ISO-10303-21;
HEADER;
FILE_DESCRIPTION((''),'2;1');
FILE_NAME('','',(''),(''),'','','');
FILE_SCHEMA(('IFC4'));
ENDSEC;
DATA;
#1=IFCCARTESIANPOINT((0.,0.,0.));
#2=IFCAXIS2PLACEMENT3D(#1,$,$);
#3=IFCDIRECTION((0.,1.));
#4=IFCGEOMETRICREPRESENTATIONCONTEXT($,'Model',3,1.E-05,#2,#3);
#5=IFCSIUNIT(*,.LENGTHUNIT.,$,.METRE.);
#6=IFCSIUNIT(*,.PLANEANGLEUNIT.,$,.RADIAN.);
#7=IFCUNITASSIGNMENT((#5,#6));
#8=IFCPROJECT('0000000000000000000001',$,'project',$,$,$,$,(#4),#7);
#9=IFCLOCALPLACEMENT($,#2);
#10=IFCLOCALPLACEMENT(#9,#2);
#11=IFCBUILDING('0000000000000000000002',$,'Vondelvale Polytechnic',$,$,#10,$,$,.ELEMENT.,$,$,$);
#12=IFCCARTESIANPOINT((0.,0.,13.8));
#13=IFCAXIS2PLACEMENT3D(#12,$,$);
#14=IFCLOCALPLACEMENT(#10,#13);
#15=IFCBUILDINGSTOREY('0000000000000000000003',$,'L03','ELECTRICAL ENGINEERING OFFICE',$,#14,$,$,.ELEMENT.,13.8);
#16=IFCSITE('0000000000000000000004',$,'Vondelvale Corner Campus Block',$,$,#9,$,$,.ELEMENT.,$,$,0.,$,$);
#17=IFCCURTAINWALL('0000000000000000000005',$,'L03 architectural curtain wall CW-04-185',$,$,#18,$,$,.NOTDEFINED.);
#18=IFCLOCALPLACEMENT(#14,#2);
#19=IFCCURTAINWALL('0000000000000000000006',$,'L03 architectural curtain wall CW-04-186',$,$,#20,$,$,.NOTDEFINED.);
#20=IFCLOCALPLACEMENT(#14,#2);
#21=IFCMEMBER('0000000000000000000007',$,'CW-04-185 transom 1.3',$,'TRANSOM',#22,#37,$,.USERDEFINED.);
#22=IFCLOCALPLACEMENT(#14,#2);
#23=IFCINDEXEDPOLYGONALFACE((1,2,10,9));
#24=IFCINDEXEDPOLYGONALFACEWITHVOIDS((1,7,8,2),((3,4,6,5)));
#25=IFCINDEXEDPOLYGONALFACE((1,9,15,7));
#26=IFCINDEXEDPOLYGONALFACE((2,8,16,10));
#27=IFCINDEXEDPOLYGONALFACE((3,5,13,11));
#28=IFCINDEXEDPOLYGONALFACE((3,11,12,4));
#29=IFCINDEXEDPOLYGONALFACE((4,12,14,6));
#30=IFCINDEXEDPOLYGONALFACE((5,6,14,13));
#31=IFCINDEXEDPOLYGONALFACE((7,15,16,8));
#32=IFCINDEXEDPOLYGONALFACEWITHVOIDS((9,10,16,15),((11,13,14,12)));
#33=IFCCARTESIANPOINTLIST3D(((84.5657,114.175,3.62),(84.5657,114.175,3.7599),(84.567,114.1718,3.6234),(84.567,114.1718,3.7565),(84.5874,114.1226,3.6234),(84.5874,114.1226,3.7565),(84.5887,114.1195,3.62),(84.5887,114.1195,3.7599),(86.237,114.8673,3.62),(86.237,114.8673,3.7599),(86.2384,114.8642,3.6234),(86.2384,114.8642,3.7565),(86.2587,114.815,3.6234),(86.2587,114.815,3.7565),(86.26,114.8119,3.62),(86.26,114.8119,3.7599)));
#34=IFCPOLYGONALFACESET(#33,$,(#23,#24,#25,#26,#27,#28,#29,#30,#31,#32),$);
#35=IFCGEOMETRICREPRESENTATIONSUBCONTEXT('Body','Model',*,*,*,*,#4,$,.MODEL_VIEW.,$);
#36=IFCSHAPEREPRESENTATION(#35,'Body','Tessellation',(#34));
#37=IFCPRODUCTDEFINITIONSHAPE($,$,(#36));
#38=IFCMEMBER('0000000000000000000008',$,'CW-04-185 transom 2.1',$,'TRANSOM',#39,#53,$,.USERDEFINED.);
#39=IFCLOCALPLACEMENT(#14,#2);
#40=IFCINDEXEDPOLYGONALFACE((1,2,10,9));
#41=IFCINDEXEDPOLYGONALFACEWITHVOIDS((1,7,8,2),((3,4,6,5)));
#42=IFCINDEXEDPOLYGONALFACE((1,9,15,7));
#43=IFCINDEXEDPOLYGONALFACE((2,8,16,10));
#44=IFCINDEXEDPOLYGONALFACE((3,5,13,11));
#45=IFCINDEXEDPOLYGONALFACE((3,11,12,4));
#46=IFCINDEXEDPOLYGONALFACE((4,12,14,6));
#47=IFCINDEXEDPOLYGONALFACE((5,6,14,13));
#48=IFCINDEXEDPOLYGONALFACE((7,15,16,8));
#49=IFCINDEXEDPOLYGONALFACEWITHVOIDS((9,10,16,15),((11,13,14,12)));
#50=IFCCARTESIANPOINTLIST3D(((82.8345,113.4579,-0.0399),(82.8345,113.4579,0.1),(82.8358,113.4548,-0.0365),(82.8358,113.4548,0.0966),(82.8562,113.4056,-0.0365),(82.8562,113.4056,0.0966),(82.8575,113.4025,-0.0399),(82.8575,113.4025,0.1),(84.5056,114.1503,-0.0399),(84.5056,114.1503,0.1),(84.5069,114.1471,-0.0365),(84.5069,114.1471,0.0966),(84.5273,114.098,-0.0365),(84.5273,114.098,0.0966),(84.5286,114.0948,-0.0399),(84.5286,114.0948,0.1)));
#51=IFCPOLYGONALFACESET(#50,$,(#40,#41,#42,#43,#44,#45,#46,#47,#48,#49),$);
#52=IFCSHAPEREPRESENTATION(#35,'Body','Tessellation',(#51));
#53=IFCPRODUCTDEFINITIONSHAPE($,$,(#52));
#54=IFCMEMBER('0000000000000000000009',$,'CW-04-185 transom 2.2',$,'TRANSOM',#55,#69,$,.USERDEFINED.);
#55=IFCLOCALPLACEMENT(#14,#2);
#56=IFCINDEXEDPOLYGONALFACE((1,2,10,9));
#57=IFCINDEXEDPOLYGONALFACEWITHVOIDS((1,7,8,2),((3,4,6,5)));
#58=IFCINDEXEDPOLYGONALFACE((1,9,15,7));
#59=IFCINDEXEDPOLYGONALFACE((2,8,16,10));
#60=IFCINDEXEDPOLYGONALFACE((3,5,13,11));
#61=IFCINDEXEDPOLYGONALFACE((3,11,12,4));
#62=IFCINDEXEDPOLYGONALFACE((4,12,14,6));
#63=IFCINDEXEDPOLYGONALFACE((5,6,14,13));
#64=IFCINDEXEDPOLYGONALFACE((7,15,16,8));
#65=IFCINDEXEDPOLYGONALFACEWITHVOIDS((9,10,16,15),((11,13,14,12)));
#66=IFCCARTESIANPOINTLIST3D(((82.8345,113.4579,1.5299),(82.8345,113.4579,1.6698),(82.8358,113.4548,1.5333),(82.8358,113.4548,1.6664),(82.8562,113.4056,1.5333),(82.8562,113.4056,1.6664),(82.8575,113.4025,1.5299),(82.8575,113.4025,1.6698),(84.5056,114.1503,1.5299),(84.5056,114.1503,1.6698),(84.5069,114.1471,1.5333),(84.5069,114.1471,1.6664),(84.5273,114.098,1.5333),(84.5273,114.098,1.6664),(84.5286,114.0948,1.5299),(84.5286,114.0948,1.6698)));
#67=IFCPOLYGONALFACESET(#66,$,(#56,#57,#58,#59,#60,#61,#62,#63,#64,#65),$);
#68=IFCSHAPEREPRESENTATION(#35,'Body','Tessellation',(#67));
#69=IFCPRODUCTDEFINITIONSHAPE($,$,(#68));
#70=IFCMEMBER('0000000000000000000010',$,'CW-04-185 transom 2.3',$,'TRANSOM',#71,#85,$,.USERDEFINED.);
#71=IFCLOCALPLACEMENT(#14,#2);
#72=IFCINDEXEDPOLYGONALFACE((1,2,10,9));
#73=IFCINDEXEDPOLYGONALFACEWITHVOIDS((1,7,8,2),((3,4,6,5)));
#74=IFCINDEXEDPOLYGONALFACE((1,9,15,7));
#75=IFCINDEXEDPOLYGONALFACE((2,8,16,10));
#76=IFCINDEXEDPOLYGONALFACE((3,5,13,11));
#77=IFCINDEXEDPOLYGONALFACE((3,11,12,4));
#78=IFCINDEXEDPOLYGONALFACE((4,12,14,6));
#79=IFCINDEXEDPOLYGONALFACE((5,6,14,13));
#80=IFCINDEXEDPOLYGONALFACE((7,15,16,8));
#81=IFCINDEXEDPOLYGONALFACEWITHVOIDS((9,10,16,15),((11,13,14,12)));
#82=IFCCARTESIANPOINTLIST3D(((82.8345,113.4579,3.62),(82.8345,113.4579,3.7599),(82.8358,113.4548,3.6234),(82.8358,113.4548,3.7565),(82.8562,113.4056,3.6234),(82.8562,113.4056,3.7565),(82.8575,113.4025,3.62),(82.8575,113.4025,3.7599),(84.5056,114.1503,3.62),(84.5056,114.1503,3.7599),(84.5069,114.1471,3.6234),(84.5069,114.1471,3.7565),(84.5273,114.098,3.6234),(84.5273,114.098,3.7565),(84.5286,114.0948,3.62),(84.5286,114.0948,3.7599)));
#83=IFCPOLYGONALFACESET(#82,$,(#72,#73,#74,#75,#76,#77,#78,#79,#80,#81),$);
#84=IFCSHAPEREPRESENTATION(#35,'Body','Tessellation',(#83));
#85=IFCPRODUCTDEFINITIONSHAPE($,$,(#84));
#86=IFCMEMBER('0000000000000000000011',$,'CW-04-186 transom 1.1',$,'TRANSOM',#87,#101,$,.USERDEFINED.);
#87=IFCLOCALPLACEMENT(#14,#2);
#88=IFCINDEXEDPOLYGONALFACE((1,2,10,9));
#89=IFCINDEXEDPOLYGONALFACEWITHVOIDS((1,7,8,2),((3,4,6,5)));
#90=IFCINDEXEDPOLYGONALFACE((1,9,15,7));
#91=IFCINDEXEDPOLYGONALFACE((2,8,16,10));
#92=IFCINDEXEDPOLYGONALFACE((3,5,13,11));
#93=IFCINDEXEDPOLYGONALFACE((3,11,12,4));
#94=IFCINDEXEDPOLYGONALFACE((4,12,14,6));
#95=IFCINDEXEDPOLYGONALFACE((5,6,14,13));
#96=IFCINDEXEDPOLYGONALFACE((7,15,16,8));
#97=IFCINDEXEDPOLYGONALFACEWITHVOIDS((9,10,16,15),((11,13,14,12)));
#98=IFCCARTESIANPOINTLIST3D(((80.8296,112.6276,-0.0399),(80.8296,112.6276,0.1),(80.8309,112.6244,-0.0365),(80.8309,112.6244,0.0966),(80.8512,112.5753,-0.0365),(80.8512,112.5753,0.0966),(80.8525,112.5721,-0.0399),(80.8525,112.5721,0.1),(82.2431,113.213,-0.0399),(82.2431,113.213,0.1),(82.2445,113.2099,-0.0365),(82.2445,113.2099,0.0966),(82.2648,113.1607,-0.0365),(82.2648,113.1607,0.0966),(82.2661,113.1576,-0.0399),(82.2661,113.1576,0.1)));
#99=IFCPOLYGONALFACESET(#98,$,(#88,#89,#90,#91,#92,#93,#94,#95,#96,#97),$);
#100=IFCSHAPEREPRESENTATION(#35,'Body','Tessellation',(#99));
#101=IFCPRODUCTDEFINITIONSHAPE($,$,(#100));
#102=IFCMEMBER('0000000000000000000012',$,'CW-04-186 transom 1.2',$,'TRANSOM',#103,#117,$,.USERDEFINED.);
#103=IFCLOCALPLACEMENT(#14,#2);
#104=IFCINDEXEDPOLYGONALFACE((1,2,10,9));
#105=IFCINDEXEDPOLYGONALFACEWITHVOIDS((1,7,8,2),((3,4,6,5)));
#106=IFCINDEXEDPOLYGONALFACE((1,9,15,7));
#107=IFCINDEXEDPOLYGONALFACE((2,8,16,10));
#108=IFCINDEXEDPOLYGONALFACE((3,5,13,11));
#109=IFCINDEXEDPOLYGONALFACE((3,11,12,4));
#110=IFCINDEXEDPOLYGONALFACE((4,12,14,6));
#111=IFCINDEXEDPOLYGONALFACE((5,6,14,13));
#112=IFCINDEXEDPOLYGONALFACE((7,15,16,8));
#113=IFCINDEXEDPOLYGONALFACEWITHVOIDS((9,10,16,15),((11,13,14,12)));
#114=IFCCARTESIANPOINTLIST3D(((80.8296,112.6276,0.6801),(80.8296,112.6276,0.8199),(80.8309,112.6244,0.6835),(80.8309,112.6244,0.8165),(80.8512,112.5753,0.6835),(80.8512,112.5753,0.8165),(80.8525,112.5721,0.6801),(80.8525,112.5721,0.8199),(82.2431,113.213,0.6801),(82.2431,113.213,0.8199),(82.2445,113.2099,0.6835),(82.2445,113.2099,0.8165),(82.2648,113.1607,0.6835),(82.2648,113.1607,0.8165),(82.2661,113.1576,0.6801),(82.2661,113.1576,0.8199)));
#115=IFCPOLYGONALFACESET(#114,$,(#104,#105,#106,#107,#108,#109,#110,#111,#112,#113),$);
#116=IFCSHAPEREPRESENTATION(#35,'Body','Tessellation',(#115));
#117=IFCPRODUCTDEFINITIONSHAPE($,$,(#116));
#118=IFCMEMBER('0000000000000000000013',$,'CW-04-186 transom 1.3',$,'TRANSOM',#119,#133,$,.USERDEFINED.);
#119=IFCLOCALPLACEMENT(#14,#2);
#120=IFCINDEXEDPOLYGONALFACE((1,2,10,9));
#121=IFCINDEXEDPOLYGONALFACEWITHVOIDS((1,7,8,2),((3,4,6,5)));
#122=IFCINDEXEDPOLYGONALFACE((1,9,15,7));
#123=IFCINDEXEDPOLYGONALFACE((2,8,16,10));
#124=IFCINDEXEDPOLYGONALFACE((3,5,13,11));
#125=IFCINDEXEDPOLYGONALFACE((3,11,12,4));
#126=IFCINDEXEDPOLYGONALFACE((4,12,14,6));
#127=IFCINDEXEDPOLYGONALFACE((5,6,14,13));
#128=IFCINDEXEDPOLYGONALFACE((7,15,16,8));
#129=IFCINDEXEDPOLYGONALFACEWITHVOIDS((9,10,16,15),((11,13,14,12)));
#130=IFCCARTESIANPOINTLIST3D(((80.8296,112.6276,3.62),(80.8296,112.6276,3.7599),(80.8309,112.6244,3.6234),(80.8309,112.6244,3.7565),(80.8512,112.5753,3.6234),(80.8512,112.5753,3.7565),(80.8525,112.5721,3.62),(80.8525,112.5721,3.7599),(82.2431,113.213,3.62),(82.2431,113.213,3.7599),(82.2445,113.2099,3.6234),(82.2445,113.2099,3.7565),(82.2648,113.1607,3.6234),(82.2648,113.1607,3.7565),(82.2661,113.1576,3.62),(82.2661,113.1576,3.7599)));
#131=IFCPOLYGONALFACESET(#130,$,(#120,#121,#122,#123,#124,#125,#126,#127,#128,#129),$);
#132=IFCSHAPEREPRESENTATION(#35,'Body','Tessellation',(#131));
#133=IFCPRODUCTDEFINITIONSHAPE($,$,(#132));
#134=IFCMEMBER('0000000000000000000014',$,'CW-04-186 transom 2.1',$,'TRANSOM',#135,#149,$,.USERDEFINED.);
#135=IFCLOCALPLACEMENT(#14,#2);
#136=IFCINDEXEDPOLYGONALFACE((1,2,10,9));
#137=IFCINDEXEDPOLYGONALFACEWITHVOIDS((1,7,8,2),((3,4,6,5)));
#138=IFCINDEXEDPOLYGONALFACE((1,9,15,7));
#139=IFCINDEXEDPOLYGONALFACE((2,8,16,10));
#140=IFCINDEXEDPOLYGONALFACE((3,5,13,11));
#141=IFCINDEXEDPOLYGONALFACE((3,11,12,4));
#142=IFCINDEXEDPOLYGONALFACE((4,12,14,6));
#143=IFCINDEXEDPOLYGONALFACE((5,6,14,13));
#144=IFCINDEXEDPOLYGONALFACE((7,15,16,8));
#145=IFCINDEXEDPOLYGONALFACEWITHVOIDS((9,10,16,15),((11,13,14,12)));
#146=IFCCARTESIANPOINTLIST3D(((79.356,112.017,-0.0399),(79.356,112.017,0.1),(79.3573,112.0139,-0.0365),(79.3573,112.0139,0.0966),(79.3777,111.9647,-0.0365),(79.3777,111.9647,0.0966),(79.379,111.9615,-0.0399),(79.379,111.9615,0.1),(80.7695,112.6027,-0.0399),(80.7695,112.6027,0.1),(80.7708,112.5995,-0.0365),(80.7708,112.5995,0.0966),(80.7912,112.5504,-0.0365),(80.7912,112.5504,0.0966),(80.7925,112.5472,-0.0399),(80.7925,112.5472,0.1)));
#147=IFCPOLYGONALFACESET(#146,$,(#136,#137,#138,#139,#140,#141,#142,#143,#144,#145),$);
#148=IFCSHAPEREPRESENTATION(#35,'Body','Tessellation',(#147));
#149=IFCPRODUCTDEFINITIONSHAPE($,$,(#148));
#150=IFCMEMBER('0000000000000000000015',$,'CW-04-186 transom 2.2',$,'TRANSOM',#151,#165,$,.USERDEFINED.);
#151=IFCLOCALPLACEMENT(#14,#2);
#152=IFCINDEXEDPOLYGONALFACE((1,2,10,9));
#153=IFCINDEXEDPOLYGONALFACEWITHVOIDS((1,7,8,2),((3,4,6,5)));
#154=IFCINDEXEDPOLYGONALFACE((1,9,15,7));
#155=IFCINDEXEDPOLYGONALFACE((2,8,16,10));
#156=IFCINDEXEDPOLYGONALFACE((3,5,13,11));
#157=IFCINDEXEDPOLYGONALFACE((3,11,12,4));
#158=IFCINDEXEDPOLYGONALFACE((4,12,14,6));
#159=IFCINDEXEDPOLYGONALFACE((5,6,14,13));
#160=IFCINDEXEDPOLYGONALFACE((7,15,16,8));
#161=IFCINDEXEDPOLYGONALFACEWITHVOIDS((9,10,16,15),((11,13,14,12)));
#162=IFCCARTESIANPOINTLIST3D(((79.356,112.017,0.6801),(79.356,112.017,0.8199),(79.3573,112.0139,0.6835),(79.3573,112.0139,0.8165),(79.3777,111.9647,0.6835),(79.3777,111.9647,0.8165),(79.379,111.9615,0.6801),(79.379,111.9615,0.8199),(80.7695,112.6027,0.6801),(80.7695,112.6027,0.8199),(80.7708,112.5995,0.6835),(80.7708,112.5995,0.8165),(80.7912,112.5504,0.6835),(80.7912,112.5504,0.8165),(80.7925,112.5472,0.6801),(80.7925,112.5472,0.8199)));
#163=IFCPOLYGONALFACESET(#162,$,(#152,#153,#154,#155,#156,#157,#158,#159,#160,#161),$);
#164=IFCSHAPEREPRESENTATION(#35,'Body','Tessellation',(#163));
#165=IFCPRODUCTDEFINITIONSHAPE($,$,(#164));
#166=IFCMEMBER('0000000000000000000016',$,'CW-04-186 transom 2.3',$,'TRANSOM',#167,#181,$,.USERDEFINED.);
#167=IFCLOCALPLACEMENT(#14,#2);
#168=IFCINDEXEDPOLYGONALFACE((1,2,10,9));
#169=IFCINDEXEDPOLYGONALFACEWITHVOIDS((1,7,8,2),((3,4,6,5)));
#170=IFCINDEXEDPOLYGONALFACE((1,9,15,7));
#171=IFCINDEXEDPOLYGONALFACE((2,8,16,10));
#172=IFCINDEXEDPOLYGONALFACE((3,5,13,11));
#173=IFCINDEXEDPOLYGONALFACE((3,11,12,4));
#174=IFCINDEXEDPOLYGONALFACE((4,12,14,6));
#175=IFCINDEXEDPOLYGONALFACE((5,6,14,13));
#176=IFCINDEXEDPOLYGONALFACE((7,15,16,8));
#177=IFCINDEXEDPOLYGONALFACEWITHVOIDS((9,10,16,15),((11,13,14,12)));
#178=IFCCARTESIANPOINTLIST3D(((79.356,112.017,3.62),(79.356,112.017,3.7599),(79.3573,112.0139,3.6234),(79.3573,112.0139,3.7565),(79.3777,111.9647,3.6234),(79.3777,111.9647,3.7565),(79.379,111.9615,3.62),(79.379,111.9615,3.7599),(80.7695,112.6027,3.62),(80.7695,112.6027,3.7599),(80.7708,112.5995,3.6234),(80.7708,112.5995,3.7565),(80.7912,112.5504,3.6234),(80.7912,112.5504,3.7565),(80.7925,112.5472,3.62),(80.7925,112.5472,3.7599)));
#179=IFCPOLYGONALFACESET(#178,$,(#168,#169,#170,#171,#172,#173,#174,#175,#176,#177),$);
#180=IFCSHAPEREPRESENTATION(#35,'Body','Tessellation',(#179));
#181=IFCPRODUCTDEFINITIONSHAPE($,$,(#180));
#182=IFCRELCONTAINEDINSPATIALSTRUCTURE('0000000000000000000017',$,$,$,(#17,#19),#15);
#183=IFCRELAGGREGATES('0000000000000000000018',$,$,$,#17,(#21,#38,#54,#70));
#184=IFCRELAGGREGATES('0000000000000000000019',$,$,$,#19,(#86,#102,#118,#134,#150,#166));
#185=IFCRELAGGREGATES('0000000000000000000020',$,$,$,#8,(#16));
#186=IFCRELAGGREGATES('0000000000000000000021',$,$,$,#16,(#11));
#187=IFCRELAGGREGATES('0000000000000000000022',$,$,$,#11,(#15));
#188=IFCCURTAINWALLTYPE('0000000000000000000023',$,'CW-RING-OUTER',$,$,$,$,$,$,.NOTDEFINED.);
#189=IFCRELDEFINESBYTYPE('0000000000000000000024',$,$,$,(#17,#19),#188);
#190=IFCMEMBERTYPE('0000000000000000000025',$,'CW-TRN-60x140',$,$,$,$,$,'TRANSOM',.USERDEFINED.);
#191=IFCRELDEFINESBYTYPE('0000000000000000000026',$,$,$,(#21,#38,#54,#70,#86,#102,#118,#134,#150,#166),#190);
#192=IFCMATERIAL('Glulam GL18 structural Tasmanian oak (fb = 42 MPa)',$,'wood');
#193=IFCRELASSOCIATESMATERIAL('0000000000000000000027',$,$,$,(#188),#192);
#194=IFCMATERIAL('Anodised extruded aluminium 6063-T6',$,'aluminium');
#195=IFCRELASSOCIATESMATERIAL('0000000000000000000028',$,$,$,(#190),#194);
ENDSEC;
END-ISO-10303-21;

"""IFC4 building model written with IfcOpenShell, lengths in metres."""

from ifc_helpers import new_model, si_unit, direction, frame, origin, origin_2d, place, context, subcontext, project, spatial, hollow_rectangle, extrude, material, material_profile, profile_set, type_object, element, aggregate, save


model = new_model("IFC4")

# Units and contexts
model_context = context("Model", 3, precision=1e-05, world=origin(), true_north=direction((0.0, 1.0)))
body_context = subcontext(model_context, "Body", "Model", "MODEL_VIEW")
ifc_project = project(units=[si_unit("LENGTHUNIT", "METRE"), si_unit("PLANEANGLEUNIT", "RADIAN")], contexts=[model_context])

# Site, building, storey
site_placement = place(None, origin())
site = spatial("IfcSite", under=ifc_project, at=site_placement, Name="Vondelvale Corner Campus Block", CompositionType="ELEMENT", RefElevation=0.0)
building_placement = place(site_placement, origin())
building = spatial("IfcBuilding", under=site, at=building_placement, Name="Vondelvale Polytechnic", CompositionType="ELEMENT")
storey_placement = place(building_placement, frame((0.0, 0.0, 13.8)))
storey = spatial("IfcBuildingStorey", under=building, at=storey_placement, Name="L03", Description="ELECTRICAL ENGINEERING OFFICE", CompositionType="ELEMENT", Elevation=13.8)

# Shared definitions
ifc_material_1 = material(Name="Glulam GL18 structural Tasmanian oak (fb = 42 MPa)", Category="wood")

# Shared definitions
curtain_wall_type = type_object("IfcCurtainWallType", Name="CW-RING-OUTER", PredefinedType="NOTDEFINED", material=ifc_material_1)
ifc_material_2 = material(Name="Anodised extruded aluminium 6063-T6", Category="aluminium")

# Curtain walls
curtain_wall_1_placement = place(storey_placement, origin())
curtain_wall_1 = element("IfcCurtainWall", 1, at=curtain_wall_1_placement, inside=storey, type_object=curtain_wall_type, Name="L03 architectural curtain wall CW-04-185", PredefinedType="NOTDEFINED")
curtain_wall_2_placement = place(storey_placement, origin())
curtain_wall_2 = element("IfcCurtainWall", 2, at=curtain_wall_2_placement, inside=storey, type_object=curtain_wall_type, Name="L03 architectural curtain wall CW-04-186", PredefinedType="NOTDEFINED")

# Members
ifc_material_profile_1 = material_profile(ifc_material_2, hollow_rectangle(XDim=0.0601, YDim=0.1399, WallThickness=0.0034, at=origin_2d()), Name="CW-TRN-140x60")
ifc_profile_set_1 = profile_set([ifc_material_profile_1], Name="Anodised extruded aluminium 6063-T6")
member_type_1 = type_object("IfcMemberType", Name="CW-TRN-60x140", ElementType="TRANSOM", PredefinedType="USERDEFINED", material=ifc_profile_set_1)
member_1_placement = place(storey_placement, frame((86.2485, 114.8396, 3.6899), z_axis=(-0.923866, -0.382717, 0.0), x_axis=(0.382717, -0.923866, 0.0)))
member_1 = element("IfcMember", 3, at=member_1_placement, type_object=member_type_1, Name="CW-04-185 transom 1.3", ObjectType="TRANSOM", PredefinedType="USERDEFINED", context=body_context, shape_type="SweptSolid", body=[
    extrude(hollow_rectangle(XDim=0.0601, YDim=0.1399, WallThickness=0.0034, at=origin_2d()), origin(), (0.0, 0.0, 1.0), 1.8091),
])
member_2_placement = place(storey_placement, frame((84.5171, 114.1226, 0.03), z_axis=(-0.923846, -0.382765, 0.0), x_axis=(0.382765, -0.923846, 0.0)))
member_2 = element("IfcMember", 4, at=member_2_placement, type_object=member_type_1, Name="CW-04-185 transom 2.1", ObjectType="TRANSOM", PredefinedType="USERDEFINED", context=body_context, shape_type="SweptSolid", body=[
    extrude(hollow_rectangle(XDim=0.0601, YDim=0.1399, WallThickness=0.0034, at=origin_2d()), origin(), (0.0, 0.0, 1.0), 1.8088),
])
member_3_placement = place(storey_placement, frame((84.5171, 114.1226, 1.5999), z_axis=(-0.923846, -0.382765, 0.0), x_axis=(0.382765, -0.923846, 0.0)))
member_3 = element("IfcMember", 5, at=member_3_placement, type_object=member_type_1, Name="CW-04-185 transom 2.2", ObjectType="TRANSOM", PredefinedType="USERDEFINED", context=body_context, shape_type="SweptSolid", body=[
    extrude(hollow_rectangle(XDim=0.0601, YDim=0.1399, WallThickness=0.0034, at=origin_2d()), origin(), (0.0, 0.0, 1.0), 1.8088),
])
member_4_placement = place(storey_placement, frame((84.5171, 114.1226, 3.6899), z_axis=(-0.923846, -0.382765, 0.0), x_axis=(0.382765, -0.923846, 0.0)))
member_4 = element("IfcMember", 6, at=member_4_placement, type_object=member_type_1, Name="CW-04-185 transom 2.3", ObjectType="TRANSOM", PredefinedType="USERDEFINED", context=body_context, shape_type="SweptSolid", body=[
    extrude(hollow_rectangle(XDim=0.0601, YDim=0.1399, WallThickness=0.0034, at=origin_2d()), origin(), (0.0, 0.0, 1.0), 1.8088),
])
member_5_placement = place(storey_placement, frame((82.2546, 113.1853, 0.03), z_axis=(-0.923896, -0.382643, 0.0), x_axis=(0.382643, -0.923896, 0.0)))
member_5 = element("IfcMember", 7, at=member_5_placement, type_object=member_type_1, Name="CW-04-186 transom 1.1", ObjectType="TRANSOM", PredefinedType="USERDEFINED", context=body_context, shape_type="SweptSolid", body=[
    extrude(hollow_rectangle(XDim=0.0601, YDim=0.1399, WallThickness=0.0034, at=origin_2d()), origin(), (0.0, 0.0, 1.0), 1.53),
])
member_6_placement = place(storey_placement, frame((82.2546, 113.1853, 0.75), z_axis=(-0.923896, -0.382643, 0.0), x_axis=(0.382643, -0.923896, 0.0)))
member_6 = element("IfcMember", 8, at=member_6_placement, type_object=member_type_1, Name="CW-04-186 transom 1.2", ObjectType="TRANSOM", PredefinedType="USERDEFINED", context=body_context, shape_type="SweptSolid", body=[
    extrude(hollow_rectangle(XDim=0.0601, YDim=0.1399, WallThickness=0.0034, at=origin_2d()), origin(), (0.0, 0.0, 1.0), 1.53),
])
member_7_placement = place(storey_placement, frame((82.2546, 113.1853, 3.6899), z_axis=(-0.923896, -0.382643, 0.0), x_axis=(0.382643, -0.923896, 0.0)))
member_7 = element("IfcMember", 9, at=member_7_placement, type_object=member_type_1, Name="CW-04-186 transom 1.3", ObjectType="TRANSOM", PredefinedType="USERDEFINED", context=body_context, shape_type="SweptSolid", body=[
    extrude(hollow_rectangle(XDim=0.0601, YDim=0.1399, WallThickness=0.0034, at=origin_2d()), origin(), (0.0, 0.0, 1.0), 1.53),
])
member_8_placement = place(storey_placement, frame((80.781, 112.575, 0.03), z_axis=(-0.92384, -0.382779, 0.0), x_axis=(0.382779, -0.92384, 0.0)))
member_8 = element("IfcMember", 10, at=member_8_placement, type_object=member_type_1, Name="CW-04-186 transom 2.1", ObjectType="TRANSOM", PredefinedType="USERDEFINED", context=body_context, shape_type="SweptSolid", body=[
    extrude(hollow_rectangle(XDim=0.0601, YDim=0.1399, WallThickness=0.0034, at=origin_2d()), origin(), (0.0, 0.0, 1.0), 1.53),
])
member_9_placement = place(storey_placement, frame((80.781, 112.575, 0.75), z_axis=(-0.92384, -0.382779, 0.0), x_axis=(0.382779, -0.92384, 0.0)))
member_9 = element("IfcMember", 11, at=member_9_placement, type_object=member_type_1, Name="CW-04-186 transom 2.2", ObjectType="TRANSOM", PredefinedType="USERDEFINED", context=body_context, shape_type="SweptSolid", body=[
    extrude(hollow_rectangle(XDim=0.0601, YDim=0.1399, WallThickness=0.0034, at=origin_2d()), origin(), (0.0, 0.0, 1.0), 1.53),
])
member_10_placement = place(storey_placement, frame((80.781, 112.575, 3.6899), z_axis=(-0.92384, -0.382779, 0.0), x_axis=(0.382779, -0.92384, 0.0)))
member_10 = element("IfcMember", 12, at=member_10_placement, type_object=member_type_1, Name="CW-04-186 transom 2.3", ObjectType="TRANSOM", PredefinedType="USERDEFINED", context=body_context, shape_type="SweptSolid", body=[
    extrude(hollow_rectangle(XDim=0.0601, YDim=0.1399, WallThickness=0.0034, at=origin_2d()), origin(), (0.0, 0.0, 1.0), 1.53),
])

aggregate(curtain_wall_1, [member_1, member_2, member_3, member_4])
aggregate(curtain_wall_2, [member_5, member_6, member_7, member_8, member_9, member_10])

save(model, "model.ifc")
